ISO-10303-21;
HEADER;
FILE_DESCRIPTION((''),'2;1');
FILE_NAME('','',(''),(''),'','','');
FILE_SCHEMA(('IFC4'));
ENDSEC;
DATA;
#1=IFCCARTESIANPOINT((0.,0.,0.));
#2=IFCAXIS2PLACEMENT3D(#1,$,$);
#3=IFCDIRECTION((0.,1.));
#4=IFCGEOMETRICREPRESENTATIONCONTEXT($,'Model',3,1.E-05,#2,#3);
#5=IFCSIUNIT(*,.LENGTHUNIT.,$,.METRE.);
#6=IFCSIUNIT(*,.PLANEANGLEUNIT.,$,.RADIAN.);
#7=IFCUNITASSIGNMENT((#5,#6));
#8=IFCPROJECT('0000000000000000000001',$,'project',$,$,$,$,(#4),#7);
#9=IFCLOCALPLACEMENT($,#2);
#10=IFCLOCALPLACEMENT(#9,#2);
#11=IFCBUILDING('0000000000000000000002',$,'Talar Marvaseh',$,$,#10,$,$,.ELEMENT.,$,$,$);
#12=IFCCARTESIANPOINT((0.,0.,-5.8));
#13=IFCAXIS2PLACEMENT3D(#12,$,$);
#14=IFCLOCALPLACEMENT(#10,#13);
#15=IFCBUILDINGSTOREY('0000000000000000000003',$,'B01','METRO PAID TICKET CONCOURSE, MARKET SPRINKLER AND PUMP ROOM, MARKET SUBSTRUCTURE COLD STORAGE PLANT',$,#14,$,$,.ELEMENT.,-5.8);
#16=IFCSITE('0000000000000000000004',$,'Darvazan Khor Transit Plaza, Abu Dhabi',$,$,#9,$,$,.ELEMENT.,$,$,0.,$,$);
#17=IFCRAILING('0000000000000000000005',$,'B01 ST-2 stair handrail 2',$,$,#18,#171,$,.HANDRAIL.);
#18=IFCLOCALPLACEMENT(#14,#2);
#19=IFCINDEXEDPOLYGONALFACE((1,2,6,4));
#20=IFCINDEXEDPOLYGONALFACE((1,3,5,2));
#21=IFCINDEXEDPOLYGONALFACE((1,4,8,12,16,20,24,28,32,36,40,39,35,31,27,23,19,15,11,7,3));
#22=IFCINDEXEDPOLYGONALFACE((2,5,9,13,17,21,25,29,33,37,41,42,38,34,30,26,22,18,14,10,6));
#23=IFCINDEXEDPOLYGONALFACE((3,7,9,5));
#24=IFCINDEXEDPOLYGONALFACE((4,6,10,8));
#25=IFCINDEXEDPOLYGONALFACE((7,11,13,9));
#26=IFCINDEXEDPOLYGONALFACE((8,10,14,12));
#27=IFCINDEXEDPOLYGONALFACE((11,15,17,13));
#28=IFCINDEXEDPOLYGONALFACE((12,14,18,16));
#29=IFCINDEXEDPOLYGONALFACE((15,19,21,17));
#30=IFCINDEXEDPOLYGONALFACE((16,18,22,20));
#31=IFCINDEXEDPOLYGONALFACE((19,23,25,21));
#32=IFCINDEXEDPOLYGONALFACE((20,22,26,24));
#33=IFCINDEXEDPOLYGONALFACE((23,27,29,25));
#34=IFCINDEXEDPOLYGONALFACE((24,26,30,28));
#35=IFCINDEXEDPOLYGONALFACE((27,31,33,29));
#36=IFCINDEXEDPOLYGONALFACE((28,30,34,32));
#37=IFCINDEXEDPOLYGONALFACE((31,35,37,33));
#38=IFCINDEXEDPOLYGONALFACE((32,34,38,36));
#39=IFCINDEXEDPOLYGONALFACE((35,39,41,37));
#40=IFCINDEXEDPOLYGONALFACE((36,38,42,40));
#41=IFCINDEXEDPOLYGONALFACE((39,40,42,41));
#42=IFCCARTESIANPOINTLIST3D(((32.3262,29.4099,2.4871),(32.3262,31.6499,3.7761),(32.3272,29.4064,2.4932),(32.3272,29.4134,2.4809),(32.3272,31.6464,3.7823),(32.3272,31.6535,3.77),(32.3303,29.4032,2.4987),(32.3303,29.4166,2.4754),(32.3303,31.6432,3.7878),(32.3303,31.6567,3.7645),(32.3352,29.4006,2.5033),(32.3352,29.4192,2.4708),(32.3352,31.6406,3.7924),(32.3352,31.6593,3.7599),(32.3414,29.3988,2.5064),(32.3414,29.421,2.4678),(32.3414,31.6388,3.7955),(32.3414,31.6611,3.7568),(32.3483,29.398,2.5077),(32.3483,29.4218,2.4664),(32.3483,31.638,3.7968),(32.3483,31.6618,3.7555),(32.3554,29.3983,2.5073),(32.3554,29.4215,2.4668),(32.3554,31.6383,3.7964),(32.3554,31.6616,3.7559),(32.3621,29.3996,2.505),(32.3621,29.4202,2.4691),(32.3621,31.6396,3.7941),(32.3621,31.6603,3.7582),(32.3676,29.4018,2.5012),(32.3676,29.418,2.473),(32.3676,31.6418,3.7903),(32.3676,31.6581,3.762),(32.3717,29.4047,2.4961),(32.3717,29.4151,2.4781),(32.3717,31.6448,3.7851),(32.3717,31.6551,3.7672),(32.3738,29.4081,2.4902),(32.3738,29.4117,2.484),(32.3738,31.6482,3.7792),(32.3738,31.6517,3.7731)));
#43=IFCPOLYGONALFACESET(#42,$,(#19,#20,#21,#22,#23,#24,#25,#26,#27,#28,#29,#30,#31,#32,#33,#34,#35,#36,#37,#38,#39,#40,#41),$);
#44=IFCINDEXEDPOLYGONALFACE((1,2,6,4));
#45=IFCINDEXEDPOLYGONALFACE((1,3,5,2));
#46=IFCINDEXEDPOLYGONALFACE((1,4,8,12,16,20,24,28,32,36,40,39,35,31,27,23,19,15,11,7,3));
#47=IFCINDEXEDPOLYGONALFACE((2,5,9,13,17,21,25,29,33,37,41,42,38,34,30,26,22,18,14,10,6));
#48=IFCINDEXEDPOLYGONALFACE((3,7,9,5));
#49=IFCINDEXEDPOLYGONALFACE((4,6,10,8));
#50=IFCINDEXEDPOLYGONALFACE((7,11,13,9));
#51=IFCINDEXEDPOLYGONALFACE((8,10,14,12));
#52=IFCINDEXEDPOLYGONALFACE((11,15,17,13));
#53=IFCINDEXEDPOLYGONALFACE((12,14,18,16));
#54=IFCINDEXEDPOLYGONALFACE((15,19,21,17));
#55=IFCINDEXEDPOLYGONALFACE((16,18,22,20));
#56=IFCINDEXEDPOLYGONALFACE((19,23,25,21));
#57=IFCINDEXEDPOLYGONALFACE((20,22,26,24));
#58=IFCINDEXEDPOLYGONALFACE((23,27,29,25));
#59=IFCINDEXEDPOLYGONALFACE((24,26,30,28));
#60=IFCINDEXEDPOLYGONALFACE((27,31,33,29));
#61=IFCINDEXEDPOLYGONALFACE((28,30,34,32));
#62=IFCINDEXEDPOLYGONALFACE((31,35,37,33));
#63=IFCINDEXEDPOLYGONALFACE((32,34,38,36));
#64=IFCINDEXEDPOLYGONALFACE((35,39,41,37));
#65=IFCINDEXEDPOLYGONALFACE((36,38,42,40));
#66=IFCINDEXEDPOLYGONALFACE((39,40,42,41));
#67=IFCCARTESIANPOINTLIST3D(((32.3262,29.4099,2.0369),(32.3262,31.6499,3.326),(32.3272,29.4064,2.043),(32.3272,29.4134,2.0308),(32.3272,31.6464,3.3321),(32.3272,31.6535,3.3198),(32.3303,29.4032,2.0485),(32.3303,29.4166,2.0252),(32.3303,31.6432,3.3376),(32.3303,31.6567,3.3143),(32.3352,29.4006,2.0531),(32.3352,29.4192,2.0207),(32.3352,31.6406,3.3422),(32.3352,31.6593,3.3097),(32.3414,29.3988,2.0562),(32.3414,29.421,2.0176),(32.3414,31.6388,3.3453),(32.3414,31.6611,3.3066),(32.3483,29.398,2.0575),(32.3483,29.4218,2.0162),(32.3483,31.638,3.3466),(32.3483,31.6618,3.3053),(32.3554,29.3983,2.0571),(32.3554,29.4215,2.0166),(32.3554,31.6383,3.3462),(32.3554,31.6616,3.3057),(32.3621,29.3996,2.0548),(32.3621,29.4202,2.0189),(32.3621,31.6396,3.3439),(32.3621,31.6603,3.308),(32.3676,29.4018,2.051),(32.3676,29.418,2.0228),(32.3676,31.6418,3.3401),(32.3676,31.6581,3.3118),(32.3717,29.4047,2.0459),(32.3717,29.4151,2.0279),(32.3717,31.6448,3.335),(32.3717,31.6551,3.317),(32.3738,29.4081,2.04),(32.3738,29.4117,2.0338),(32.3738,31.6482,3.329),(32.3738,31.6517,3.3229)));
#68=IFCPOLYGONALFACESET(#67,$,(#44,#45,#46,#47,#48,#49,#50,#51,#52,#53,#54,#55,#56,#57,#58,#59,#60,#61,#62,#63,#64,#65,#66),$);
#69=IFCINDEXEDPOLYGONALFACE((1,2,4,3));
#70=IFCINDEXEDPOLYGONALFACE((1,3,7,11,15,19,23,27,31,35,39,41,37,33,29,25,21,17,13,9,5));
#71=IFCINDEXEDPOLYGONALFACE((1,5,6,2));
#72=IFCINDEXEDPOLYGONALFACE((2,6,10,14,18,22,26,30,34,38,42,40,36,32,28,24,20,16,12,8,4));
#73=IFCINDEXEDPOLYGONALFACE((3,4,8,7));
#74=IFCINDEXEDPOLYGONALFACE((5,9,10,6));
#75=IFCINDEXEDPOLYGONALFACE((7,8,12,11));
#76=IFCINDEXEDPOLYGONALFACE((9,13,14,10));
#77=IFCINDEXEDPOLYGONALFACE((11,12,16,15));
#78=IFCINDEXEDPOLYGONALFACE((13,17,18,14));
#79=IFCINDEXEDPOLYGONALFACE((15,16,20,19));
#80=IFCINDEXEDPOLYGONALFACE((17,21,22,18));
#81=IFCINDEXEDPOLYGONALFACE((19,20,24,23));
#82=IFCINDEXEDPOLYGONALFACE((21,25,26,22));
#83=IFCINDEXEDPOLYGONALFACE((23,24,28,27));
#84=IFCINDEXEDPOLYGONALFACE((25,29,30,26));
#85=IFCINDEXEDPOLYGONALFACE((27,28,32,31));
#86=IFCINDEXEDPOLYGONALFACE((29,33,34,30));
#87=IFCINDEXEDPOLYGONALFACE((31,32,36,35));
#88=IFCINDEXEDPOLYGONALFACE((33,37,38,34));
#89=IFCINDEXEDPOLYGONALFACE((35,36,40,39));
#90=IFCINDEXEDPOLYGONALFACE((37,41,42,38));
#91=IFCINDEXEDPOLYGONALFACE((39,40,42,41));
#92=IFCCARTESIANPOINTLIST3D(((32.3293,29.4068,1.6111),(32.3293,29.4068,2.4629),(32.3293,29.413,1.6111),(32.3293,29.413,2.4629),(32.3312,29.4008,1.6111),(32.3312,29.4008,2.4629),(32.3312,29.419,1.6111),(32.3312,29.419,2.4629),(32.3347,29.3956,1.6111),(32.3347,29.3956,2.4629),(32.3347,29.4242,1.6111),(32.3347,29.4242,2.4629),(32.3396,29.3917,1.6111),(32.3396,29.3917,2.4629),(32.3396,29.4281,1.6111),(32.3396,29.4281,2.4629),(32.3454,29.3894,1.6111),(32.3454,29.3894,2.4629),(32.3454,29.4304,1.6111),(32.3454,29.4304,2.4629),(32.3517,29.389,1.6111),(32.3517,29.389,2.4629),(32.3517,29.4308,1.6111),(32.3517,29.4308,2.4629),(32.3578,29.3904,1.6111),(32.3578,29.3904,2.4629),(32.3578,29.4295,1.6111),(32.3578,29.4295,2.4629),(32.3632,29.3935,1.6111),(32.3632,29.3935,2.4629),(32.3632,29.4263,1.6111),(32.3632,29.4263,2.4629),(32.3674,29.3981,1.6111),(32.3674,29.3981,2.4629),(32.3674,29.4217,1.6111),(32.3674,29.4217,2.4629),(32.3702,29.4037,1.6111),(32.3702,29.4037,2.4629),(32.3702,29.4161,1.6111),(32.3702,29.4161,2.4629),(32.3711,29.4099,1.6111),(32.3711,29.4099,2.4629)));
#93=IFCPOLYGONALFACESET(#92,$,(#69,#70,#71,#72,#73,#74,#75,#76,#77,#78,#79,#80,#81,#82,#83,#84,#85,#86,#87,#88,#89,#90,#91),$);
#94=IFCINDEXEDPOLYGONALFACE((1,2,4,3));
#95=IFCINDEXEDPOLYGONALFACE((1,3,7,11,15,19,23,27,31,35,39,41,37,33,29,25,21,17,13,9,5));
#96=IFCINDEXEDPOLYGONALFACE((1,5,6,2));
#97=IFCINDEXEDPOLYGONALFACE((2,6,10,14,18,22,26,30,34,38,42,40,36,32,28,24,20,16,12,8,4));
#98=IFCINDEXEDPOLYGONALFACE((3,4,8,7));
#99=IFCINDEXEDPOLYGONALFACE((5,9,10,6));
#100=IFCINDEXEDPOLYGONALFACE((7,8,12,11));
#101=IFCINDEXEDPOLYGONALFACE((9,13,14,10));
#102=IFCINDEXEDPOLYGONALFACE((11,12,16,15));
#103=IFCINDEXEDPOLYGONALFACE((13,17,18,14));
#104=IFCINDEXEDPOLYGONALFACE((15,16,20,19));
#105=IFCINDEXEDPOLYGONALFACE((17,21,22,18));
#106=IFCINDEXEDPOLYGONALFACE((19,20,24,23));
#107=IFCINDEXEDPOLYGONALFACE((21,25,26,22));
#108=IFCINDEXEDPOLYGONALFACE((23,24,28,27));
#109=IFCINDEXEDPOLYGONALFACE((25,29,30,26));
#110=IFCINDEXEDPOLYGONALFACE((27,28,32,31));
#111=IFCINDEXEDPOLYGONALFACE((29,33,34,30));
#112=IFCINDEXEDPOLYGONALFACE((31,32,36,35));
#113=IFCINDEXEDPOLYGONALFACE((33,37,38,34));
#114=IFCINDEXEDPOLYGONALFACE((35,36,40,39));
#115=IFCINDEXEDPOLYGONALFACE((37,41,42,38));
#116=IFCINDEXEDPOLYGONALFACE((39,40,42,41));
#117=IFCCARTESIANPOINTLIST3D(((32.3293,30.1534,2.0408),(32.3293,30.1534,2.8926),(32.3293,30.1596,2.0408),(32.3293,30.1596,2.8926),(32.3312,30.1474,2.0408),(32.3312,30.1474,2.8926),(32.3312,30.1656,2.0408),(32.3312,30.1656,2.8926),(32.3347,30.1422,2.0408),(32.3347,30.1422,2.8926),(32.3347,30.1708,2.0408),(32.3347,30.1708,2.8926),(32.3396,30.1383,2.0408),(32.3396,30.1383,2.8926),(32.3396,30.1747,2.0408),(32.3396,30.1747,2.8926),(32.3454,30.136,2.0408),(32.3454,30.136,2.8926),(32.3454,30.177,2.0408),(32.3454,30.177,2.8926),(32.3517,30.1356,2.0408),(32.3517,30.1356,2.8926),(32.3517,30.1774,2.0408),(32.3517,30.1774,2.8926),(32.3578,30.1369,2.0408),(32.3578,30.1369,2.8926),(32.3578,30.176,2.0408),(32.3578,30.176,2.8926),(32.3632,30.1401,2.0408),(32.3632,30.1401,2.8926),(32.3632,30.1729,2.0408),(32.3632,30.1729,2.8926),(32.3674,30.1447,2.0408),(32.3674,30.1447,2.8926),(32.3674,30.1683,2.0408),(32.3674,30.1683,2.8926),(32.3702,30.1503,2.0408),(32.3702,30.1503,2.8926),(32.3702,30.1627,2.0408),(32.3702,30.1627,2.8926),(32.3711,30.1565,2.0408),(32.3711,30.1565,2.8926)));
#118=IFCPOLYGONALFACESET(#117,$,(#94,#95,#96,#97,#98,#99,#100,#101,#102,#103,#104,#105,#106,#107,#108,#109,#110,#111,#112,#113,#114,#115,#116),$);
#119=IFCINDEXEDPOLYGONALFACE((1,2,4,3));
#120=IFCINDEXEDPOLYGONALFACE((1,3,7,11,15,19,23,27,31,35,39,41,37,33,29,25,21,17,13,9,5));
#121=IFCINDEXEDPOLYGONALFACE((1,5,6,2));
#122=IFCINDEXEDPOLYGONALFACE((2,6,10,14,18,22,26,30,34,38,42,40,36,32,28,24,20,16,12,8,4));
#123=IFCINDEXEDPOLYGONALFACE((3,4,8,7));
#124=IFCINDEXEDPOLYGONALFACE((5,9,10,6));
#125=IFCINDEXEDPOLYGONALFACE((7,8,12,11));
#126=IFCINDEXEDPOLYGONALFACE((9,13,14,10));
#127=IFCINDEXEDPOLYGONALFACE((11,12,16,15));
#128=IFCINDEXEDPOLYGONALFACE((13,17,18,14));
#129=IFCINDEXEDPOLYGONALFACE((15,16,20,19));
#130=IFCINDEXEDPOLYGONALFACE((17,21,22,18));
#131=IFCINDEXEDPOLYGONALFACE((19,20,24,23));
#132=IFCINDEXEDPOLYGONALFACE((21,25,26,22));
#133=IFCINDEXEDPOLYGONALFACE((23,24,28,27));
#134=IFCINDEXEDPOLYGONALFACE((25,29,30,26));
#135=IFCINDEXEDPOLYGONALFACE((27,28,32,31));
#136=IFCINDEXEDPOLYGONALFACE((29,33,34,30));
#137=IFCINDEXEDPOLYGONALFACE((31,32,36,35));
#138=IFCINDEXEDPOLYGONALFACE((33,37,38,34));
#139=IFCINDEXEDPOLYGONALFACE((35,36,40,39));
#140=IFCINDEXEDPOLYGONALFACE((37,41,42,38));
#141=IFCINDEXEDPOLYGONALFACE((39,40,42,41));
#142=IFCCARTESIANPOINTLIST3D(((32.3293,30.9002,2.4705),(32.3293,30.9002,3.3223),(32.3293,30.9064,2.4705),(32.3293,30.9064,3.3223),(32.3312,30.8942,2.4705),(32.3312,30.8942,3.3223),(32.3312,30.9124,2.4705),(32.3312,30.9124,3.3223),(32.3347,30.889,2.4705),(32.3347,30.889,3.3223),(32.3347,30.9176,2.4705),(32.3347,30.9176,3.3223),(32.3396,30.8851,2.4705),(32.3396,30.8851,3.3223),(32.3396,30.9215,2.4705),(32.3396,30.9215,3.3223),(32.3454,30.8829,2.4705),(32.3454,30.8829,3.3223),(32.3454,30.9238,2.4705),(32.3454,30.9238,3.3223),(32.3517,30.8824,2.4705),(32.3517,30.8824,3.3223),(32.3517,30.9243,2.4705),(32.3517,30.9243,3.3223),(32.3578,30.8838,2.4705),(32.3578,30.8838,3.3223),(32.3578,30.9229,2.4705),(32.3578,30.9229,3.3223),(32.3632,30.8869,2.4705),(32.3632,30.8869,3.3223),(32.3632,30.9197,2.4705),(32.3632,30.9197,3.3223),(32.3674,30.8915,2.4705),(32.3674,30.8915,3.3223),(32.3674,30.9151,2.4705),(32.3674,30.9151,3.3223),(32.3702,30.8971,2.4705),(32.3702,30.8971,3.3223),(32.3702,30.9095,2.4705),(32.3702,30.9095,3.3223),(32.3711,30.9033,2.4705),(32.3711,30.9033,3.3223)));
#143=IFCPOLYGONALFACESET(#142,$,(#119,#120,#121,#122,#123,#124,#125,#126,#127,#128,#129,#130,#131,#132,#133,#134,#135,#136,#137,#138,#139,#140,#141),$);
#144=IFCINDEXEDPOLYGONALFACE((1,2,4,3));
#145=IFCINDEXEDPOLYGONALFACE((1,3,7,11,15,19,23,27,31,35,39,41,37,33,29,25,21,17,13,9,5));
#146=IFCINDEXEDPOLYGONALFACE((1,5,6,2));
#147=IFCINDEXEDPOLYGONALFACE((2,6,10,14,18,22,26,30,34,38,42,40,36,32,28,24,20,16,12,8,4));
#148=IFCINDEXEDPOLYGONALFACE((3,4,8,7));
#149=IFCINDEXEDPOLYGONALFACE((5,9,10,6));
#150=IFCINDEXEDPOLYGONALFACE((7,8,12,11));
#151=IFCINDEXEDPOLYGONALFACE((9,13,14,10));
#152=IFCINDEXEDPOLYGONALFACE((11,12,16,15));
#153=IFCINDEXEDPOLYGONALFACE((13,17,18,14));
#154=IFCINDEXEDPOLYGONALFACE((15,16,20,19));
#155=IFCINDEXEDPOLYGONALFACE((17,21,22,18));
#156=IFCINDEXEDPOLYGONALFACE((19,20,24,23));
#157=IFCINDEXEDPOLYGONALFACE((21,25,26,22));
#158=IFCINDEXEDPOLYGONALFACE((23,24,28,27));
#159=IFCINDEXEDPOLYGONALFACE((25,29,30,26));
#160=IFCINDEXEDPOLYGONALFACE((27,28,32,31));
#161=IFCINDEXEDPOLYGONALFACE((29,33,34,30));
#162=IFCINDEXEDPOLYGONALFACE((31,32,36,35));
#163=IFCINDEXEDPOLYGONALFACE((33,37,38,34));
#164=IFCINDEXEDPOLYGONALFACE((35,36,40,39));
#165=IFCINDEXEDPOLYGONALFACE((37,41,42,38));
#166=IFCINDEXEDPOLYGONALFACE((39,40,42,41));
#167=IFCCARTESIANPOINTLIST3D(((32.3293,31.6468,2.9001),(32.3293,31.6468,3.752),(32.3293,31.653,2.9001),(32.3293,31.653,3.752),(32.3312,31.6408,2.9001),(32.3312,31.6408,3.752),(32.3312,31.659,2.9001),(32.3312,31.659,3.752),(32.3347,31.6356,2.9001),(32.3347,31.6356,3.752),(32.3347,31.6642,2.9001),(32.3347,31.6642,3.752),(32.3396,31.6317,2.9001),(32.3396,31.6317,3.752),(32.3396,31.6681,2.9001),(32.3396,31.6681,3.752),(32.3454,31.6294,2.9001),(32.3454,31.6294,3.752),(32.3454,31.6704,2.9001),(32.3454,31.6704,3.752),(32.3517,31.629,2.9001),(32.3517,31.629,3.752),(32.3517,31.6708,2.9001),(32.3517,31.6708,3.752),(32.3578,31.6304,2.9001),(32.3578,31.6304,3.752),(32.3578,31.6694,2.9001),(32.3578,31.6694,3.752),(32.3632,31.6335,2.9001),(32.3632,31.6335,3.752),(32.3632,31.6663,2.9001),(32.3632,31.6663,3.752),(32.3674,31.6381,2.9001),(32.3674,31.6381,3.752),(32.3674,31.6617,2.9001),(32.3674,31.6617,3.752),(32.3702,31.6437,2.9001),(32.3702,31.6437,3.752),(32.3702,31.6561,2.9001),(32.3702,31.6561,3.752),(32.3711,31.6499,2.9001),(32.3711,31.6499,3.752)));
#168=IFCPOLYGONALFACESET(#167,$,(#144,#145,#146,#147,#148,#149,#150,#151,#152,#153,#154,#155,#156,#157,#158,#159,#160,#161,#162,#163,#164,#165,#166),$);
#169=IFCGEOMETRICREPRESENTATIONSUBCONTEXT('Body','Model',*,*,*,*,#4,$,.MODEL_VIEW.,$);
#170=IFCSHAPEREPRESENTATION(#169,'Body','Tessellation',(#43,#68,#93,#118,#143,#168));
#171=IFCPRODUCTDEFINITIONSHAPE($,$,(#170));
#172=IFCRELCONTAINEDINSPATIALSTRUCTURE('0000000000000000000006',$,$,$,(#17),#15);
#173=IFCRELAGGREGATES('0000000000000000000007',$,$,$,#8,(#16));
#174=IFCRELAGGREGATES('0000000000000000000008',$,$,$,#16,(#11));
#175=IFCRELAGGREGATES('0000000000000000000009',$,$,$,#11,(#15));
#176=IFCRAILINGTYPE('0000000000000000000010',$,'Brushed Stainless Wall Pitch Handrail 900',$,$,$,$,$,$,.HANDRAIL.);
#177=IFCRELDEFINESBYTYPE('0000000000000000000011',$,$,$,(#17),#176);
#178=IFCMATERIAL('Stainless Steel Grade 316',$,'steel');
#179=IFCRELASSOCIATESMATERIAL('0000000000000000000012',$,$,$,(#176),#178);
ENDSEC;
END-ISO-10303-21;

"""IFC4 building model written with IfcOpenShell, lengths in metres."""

from ifc_helpers import new_model, si_unit, direction, frame, origin, origin_2d, place, context, subcontext, project, spatial, circle, extrude, material, type_object, element, save


model = new_model("IFC4")

# Units and contexts
model_context = context("Model", 3, precision=1e-05, world=origin(), true_north=direction((0.0, 1.0)))
body_context = subcontext(model_context, "Body", "Model", "MODEL_VIEW")
ifc_project = project(units=[si_unit("LENGTHUNIT", "METRE"), si_unit("PLANEANGLEUNIT", "RADIAN")], contexts=[model_context])

# Site, building, storey
site_placement = place(None, origin())
site = spatial("IfcSite", under=ifc_project, at=site_placement, Name="Darvazan Khor Transit Plaza, Abu Dhabi", CompositionType="ELEMENT", RefElevation=0.0)
building_placement = place(site_placement, origin())
building = spatial("IfcBuilding", under=site, at=building_placement, Name="Talar Marvaseh", CompositionType="ELEMENT")
storey_placement = place(building_placement, frame((0.0, 0.0, -5.8)))
storey = spatial("IfcBuildingStorey", under=building, at=storey_placement, Name="B01", Description="METRO PAID TICKET CONCOURSE, MARKET SPRINKLER AND PUMP ROOM, MARKET SUBSTRUCTURE COLD STORAGE PLANT", CompositionType="ELEMENT", Elevation=-5.8)

# Railing
ifc_material_1 = material(Name="Stainless Steel Grade 316", Category="steel")
railing_type_1 = type_object("IfcRailingType", Name="Brushed Stainless Wall Pitch Handrail 900", PredefinedType="HANDRAIL", material=ifc_material_1)
railing_1_placement = place(storey_placement, frame((32.3501, 29.4099, 1.6111)))
element("IfcRailing", 1, at=railing_1_placement, inside=storey, type_object=railing_type_1, Name="B01 ST-2 stair handrail 2", PredefinedType="HANDRAIL", context=body_context, shape_type="SweptSolid", body=[
    extrude(circle(Radius=0.0239, at=origin_2d()), frame((0.0, 0.0, 0.876), z_axis=(0.0, 0.866728, 0.498782), x_axis=(-1.0, 0.0, 0.0)), (0.0, 0.0, 1.0), 2.5845),
    extrude(circle(Radius=0.0239, at=origin_2d()), frame((0.0, 0.0, 0.4258), z_axis=(0.0, 0.866728, 0.498782), x_axis=(-1.0, 0.0, 0.0)), (0.0, 0.0, 1.0), 2.5845),
    extrude(circle(Radius=0.021, at=origin_2d()), origin(), (0.0, 0.0, 1.0), 0.8518),
    extrude(circle(Radius=0.021, at=origin_2d()), frame((0.0, 0.7466, 0.4297)), (0.0, 0.0, 1.0), 0.8518),
    extrude(circle(Radius=0.021, at=origin_2d()), frame((0.0, 1.4934, 0.8594)), (0.0, 0.0, 1.0), 0.8518),
    extrude(circle(Radius=0.021, at=origin_2d()), frame((0.0, 2.24, 1.2891)), (0.0, 0.0, 1.0), 0.8518),
])

save(model, "model.ifc")
